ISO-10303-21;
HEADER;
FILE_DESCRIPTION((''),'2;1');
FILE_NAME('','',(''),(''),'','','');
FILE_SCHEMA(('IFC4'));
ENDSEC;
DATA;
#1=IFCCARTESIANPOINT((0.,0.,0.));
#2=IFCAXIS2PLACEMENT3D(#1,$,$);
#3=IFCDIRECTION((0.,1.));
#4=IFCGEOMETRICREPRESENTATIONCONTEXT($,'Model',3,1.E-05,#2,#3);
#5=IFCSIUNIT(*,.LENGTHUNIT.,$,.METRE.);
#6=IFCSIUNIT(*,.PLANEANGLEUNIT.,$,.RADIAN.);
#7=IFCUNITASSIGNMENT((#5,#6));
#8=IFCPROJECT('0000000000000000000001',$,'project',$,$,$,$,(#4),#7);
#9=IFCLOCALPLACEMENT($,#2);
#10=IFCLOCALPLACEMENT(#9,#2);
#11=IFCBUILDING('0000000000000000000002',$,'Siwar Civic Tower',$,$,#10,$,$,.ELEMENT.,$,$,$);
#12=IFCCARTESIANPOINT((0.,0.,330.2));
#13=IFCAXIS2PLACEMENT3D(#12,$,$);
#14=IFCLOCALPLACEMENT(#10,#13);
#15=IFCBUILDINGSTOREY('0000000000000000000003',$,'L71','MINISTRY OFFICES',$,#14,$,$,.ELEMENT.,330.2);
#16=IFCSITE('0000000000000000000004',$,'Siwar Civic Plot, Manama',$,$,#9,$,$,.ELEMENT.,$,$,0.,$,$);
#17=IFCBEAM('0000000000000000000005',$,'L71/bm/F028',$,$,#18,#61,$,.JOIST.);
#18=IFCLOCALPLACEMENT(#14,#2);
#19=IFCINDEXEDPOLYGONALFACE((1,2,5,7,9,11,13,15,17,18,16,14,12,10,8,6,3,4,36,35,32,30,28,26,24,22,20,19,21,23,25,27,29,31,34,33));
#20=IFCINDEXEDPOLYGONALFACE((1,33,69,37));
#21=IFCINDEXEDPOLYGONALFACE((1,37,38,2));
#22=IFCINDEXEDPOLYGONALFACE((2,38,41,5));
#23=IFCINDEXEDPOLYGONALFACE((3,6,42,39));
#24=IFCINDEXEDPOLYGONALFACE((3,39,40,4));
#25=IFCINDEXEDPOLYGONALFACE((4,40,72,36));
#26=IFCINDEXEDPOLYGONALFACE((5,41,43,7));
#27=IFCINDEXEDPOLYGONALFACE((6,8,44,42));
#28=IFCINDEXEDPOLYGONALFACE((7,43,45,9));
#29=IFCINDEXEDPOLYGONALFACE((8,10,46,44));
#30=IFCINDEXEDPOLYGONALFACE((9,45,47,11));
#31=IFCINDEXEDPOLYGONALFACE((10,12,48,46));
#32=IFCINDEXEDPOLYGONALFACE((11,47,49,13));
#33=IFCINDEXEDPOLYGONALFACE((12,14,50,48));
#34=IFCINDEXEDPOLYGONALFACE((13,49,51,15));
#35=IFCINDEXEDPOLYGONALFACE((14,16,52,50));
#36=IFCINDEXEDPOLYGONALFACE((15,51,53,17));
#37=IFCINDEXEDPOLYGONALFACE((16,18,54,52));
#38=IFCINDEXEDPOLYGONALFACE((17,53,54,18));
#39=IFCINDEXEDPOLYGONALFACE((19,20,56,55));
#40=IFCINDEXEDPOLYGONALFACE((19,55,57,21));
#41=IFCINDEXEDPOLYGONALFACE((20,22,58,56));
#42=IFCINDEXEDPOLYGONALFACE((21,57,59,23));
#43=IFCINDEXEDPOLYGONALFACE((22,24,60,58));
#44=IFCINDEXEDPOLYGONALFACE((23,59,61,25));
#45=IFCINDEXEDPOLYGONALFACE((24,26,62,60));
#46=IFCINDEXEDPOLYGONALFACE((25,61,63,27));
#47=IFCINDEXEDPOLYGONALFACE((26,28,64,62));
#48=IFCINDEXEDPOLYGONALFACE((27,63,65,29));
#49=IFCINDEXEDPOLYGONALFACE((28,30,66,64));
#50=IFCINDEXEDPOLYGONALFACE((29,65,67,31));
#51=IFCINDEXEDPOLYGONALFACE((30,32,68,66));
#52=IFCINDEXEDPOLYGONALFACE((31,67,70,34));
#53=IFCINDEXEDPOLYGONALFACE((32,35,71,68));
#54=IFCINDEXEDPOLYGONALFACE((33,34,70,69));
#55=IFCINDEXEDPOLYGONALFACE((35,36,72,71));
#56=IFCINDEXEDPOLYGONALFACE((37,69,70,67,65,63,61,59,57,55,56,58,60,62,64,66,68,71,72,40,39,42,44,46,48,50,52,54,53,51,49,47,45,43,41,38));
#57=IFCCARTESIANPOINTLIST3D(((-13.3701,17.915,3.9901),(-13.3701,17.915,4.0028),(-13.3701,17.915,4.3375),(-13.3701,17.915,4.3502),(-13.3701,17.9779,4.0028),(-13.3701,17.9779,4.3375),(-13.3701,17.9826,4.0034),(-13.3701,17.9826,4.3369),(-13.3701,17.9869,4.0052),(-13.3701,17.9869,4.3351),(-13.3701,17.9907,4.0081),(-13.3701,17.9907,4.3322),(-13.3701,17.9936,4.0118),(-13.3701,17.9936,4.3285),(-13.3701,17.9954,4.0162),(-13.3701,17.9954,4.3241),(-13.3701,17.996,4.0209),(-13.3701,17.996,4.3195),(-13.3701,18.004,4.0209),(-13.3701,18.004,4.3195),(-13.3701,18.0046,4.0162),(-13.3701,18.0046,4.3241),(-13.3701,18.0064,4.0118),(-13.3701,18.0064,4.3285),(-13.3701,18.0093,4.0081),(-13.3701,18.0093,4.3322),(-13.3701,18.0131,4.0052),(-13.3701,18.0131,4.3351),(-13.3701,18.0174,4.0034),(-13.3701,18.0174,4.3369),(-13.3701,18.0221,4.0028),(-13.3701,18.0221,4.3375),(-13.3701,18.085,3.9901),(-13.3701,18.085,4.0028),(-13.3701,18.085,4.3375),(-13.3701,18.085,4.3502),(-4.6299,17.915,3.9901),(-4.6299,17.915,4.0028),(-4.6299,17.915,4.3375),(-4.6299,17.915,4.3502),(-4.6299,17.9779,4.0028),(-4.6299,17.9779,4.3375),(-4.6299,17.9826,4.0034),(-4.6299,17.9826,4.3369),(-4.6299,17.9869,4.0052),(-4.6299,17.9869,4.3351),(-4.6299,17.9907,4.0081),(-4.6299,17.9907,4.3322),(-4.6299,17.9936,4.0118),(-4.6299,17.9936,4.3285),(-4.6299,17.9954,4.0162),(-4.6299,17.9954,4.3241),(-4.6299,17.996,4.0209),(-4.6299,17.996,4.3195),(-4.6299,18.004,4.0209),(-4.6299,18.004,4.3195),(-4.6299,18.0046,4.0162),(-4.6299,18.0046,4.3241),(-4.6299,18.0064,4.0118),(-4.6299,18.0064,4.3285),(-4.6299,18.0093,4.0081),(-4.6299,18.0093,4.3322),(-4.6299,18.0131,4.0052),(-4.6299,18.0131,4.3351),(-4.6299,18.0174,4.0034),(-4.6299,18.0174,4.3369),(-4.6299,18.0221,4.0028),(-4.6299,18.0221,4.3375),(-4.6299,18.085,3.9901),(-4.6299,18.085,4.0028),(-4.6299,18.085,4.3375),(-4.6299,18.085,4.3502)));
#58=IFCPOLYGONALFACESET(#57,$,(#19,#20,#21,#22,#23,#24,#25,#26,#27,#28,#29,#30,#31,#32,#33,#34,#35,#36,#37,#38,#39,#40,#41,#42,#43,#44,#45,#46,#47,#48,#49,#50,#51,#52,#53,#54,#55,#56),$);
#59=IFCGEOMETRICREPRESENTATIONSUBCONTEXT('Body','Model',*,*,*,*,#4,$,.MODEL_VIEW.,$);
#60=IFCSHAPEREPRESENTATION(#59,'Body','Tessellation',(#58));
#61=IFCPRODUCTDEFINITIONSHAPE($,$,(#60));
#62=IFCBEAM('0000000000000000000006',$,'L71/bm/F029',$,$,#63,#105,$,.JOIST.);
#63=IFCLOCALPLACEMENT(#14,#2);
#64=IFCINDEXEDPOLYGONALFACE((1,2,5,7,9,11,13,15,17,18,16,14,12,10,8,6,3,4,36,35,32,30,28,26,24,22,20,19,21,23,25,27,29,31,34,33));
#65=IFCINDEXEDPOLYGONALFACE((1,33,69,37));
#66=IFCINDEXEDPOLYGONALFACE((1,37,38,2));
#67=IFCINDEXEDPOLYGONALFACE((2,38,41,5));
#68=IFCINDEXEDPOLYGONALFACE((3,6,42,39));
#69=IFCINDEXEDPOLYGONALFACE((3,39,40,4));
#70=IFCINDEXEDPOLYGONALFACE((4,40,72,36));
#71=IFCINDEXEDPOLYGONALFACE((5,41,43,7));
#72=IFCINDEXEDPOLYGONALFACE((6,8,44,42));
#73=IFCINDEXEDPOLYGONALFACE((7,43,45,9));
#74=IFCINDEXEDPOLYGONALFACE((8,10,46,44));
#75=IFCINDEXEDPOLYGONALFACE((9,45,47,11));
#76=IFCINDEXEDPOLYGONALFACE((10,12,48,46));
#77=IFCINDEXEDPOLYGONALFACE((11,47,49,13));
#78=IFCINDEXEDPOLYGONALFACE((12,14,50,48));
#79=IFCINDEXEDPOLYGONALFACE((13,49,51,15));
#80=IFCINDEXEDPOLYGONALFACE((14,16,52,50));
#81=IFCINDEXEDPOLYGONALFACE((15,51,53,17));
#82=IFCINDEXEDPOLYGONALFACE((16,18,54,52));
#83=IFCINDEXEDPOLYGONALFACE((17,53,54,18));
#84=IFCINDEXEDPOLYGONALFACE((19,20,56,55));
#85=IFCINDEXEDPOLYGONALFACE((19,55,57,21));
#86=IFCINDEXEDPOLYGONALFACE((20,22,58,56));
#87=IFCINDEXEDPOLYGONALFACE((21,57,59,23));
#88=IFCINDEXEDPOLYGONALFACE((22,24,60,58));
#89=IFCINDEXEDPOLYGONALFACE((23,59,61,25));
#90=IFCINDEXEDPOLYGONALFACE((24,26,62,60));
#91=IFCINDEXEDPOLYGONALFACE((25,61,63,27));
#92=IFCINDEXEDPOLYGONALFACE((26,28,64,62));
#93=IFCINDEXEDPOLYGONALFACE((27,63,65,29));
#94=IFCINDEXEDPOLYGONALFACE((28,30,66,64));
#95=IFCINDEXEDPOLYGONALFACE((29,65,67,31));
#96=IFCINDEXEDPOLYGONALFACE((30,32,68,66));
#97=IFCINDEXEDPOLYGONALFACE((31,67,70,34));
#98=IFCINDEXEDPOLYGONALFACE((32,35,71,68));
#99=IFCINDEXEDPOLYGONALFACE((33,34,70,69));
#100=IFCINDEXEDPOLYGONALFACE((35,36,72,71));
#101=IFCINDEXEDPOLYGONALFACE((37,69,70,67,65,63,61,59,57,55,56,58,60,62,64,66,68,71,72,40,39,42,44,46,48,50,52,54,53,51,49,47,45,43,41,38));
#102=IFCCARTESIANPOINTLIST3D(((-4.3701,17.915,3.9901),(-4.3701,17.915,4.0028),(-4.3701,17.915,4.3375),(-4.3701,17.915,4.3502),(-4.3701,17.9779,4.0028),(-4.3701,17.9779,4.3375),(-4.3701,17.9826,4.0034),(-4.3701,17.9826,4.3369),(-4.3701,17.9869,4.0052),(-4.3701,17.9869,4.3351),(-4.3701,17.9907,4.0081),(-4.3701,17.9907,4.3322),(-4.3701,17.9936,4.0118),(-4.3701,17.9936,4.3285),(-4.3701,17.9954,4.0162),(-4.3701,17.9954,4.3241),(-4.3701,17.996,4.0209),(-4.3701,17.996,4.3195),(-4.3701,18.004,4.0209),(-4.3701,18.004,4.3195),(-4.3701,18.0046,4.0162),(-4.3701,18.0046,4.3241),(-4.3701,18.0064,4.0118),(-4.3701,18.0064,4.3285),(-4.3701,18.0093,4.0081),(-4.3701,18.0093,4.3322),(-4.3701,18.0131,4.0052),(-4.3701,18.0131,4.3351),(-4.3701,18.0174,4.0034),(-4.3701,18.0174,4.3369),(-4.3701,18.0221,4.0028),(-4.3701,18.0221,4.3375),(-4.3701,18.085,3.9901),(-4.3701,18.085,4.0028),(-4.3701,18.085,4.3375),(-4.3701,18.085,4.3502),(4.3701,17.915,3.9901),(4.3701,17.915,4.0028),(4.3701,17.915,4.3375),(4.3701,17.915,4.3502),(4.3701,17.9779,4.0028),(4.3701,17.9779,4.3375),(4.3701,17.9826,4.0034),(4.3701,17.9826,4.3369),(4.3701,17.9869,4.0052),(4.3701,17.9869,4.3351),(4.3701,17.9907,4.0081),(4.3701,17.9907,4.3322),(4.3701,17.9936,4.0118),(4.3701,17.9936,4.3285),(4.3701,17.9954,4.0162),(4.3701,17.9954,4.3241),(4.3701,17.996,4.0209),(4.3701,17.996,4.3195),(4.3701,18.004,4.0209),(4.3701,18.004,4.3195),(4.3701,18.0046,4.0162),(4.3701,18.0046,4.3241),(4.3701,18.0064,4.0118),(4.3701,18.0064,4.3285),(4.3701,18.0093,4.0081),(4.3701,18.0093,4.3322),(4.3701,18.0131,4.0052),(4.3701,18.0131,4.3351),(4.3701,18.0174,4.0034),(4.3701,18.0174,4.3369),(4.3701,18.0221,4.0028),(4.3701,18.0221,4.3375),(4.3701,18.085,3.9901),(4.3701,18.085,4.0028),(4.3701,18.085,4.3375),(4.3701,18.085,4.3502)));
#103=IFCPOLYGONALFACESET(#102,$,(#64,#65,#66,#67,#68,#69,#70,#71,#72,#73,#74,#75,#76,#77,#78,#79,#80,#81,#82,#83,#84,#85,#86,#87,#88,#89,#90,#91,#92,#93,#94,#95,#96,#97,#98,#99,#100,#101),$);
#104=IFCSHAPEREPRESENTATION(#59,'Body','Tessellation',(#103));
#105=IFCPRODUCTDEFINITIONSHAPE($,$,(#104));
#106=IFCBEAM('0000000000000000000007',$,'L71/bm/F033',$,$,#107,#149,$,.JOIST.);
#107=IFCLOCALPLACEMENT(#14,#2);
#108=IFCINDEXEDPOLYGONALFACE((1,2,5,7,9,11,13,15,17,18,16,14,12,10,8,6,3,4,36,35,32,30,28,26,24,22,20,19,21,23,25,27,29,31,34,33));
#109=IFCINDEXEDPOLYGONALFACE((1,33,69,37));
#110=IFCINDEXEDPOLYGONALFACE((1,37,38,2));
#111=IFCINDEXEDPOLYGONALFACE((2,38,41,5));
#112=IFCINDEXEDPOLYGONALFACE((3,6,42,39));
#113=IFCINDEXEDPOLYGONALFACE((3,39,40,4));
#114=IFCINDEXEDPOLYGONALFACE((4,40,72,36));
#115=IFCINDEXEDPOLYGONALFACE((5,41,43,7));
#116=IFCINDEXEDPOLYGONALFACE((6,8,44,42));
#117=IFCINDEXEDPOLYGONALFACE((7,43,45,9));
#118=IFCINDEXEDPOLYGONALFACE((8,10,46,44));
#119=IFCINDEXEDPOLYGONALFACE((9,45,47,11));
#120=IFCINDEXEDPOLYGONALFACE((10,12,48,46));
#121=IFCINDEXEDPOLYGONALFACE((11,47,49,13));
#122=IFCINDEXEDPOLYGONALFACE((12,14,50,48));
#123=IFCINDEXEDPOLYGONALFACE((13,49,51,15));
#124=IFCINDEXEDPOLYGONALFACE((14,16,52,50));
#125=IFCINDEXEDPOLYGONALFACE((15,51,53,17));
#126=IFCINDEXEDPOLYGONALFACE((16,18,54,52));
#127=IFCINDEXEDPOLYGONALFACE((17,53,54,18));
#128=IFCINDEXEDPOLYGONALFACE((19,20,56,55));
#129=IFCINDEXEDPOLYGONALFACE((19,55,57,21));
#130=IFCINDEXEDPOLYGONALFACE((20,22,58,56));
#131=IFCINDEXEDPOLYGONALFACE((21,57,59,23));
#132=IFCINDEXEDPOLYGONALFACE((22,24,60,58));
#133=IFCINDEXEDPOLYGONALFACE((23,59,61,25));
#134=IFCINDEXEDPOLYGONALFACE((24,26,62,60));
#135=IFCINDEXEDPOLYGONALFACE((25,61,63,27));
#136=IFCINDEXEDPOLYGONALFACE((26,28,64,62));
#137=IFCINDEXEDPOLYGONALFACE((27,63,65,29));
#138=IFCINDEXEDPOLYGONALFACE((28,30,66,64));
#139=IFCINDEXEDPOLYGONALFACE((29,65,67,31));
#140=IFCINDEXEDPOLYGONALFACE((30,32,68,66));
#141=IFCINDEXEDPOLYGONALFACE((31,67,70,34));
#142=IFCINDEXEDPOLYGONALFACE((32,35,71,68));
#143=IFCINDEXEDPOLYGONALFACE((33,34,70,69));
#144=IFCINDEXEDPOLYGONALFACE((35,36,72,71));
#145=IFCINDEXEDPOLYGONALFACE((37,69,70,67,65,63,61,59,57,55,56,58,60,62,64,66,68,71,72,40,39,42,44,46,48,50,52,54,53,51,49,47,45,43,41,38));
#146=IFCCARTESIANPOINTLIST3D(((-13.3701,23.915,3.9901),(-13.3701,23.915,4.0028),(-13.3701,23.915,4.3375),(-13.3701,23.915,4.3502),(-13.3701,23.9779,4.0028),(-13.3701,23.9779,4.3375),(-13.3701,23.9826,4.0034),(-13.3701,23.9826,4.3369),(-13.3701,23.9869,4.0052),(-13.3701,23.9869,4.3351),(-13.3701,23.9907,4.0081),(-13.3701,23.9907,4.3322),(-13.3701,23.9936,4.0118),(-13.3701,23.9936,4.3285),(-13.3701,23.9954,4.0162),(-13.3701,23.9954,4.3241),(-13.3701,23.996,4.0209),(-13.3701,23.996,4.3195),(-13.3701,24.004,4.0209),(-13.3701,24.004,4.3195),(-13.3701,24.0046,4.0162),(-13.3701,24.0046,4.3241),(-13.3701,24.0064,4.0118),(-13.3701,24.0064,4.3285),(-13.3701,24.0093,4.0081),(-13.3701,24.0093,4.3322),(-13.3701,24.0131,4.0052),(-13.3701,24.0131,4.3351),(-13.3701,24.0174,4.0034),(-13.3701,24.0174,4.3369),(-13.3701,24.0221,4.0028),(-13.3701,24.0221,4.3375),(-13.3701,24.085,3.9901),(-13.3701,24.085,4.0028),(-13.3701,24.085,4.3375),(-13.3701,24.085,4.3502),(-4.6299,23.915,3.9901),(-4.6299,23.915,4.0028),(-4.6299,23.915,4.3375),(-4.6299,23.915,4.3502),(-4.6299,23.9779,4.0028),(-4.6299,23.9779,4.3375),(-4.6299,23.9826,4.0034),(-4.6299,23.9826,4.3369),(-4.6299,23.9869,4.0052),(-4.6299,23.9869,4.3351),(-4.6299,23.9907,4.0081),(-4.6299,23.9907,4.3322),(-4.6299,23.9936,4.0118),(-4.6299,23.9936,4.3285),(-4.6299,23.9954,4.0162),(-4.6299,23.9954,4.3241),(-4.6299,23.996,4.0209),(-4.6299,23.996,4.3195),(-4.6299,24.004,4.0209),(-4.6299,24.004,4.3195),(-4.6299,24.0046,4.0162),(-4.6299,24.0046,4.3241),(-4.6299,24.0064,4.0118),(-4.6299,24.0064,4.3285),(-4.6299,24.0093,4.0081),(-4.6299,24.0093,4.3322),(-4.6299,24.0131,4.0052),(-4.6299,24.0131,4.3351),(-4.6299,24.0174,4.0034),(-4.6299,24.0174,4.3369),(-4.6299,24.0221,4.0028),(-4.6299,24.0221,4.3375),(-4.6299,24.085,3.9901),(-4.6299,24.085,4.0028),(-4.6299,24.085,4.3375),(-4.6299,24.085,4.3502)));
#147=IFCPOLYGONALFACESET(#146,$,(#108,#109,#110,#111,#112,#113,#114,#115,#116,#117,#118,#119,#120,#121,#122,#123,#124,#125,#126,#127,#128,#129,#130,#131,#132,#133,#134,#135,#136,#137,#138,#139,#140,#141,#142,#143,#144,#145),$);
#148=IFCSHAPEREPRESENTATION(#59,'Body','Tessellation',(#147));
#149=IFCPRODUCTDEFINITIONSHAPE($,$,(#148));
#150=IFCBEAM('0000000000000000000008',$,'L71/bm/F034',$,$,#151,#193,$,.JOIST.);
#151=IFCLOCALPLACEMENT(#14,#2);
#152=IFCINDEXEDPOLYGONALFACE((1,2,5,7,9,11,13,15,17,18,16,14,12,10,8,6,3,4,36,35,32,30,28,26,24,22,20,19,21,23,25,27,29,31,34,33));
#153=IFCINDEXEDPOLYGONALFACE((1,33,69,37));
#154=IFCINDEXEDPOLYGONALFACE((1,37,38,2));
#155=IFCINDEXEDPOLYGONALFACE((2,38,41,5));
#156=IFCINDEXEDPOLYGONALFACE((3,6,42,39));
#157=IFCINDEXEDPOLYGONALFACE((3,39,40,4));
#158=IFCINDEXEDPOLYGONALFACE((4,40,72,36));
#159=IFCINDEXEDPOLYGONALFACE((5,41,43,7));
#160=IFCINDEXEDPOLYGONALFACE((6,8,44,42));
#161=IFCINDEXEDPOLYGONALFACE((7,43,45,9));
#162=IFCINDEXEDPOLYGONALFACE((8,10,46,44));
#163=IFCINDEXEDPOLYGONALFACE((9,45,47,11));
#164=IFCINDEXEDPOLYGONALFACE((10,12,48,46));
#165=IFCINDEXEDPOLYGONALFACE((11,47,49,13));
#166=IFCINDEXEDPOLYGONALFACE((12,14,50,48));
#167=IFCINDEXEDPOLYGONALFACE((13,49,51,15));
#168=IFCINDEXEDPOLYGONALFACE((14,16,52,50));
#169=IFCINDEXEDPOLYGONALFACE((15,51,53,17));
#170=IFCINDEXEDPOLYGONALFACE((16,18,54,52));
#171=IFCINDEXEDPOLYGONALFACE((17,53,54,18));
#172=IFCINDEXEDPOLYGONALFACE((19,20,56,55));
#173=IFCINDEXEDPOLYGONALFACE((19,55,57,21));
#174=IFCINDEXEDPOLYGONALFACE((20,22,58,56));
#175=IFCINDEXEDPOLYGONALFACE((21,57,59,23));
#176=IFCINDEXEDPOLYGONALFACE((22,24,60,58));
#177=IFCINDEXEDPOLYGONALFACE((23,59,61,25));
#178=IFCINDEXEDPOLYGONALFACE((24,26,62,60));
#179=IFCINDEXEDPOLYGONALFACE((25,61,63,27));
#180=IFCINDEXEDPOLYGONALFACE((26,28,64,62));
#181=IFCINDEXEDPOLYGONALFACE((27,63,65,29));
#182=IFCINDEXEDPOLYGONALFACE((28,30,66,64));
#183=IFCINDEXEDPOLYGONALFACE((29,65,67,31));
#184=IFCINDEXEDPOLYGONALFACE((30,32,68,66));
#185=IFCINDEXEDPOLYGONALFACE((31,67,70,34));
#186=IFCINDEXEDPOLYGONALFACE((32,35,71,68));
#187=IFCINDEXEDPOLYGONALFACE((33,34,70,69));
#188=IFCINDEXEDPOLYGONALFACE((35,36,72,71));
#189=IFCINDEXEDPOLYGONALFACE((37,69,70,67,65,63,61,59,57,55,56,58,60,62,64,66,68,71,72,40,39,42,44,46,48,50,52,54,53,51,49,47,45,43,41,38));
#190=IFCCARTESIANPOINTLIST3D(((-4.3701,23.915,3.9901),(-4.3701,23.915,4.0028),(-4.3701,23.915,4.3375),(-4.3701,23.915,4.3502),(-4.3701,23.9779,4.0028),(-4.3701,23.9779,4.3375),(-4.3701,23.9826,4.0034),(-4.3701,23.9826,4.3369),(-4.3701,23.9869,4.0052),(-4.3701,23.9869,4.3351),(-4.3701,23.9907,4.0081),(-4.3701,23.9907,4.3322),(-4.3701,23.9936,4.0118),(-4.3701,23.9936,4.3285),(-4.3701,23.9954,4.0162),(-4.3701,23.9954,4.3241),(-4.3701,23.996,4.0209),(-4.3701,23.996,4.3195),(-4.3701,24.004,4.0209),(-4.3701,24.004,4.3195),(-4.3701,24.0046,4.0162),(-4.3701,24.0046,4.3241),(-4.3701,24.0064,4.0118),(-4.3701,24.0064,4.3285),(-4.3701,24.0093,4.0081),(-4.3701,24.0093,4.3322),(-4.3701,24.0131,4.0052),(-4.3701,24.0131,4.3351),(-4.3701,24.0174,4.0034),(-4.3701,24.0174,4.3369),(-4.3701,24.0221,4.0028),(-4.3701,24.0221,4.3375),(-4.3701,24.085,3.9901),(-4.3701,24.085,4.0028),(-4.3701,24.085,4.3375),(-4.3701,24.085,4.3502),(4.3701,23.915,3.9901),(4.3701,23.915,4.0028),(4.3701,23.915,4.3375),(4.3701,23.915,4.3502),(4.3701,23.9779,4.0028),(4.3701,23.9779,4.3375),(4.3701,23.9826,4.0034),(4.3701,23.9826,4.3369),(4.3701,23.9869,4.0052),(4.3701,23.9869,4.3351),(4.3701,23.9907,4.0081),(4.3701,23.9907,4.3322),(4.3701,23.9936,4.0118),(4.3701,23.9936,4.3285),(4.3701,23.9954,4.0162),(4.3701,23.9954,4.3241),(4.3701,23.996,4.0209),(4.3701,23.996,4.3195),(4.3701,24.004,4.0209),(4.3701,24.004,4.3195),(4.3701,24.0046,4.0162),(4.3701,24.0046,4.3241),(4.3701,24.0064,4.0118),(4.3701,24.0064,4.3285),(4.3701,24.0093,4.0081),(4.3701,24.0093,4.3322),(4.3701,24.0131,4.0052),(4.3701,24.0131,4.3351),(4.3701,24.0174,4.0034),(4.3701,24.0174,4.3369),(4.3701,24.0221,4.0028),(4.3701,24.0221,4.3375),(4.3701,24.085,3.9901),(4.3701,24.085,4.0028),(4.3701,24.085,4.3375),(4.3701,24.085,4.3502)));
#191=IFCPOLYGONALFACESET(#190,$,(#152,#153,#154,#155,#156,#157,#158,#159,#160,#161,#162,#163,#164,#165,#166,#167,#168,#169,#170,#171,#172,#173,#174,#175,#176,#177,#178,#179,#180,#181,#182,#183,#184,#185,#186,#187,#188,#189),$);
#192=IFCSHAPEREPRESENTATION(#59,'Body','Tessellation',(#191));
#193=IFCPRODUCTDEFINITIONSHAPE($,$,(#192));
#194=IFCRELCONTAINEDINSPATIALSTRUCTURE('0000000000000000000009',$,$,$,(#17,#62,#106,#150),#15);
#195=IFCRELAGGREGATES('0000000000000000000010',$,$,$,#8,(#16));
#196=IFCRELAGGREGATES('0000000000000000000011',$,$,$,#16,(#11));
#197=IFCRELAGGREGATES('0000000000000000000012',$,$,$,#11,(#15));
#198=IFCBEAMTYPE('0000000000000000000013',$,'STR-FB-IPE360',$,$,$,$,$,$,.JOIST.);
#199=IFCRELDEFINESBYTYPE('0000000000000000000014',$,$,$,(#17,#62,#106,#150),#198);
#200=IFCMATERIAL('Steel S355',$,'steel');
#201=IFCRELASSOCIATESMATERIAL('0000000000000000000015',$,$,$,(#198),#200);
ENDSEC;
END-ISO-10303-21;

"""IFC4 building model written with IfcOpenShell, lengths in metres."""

from ifc_helpers import new_model, si_unit, direction, frame, origin, origin_2d, place, context, subcontext, project, spatial, i_section, extrude, material, material_profile, profile_set, type_object, element, save


model = new_model("IFC4")

# Units and contexts
model_context = context("Model", 3, precision=1e-05, world=origin(), true_north=direction((0.0, 1.0)))
body_context = subcontext(model_context, "Body", "Model", "MODEL_VIEW")
ifc_project = project(units=[si_unit("LENGTHUNIT", "METRE"), si_unit("PLANEANGLEUNIT", "RADIAN")], contexts=[model_context])

# Site, building, storey
site_placement = place(None, origin())
site = spatial("IfcSite", under=ifc_project, at=site_placement, Name="Siwar Civic Plot, Manama", CompositionType="ELEMENT", RefElevation=0.0)
building_placement = place(site_placement, origin())
building = spatial("IfcBuilding", under=site, at=building_placement, Name="Siwar Civic Tower", CompositionType="ELEMENT")
storey_placement = place(building_placement, frame((0.0, 0.0, 330.2)))
storey = spatial("IfcBuildingStorey", under=building, at=storey_placement, Name="L71", Description="MINISTRY OFFICES", CompositionType="ELEMENT", Elevation=330.2)

# Beams
ifc_material_1 = material(Name="Steel S355", Category="steel")
ifc_material_profile_1 = material_profile(ifc_material_1, i_section(OverallWidth=0.1699, OverallDepth=0.3601, WebThickness=0.0081, FlangeThickness=0.0127, FilletRadius=0.0181, at=origin_2d()), Name="IPE360")
ifc_profile_set_1 = profile_set([ifc_material_profile_1], Name="Steel S355")
beam_type_1 = type_object("IfcBeamType", Name="STR-FB-IPE360", PredefinedType="JOIST", material=ifc_profile_set_1)
for number, where, z_axis, x_axis, name in (
    (1, (-13.3701, 18.0, 4.1702), (1.0, 0.0, 0.0), (0.0, 1.0, 0.0), "L71/bm/F028"),
    (2, (-4.3701, 18.0, 4.1702), (1.0, 0.0, 0.0), (0.0, 1.0, 0.0), "L71/bm/F029"),
    (3, (-13.3701, 24.0, 4.1702), (1.0, 0.0, 0.0), (0.0, 1.0, 0.0), "L71/bm/F033"),
    (4, (-4.3701, 24.0, 4.1702), (1.0, 0.0, 0.0), (0.0, 1.0, 0.0), "L71/bm/F034"),
):
    element("IfcBeam", number, at=place(storey_placement, frame(where, z_axis=z_axis, x_axis=x_axis)), inside=storey, type_object=beam_type_1, Name=name, PredefinedType="JOIST", context=body_context, shape_type="SweptSolid", body=[
        extrude(i_section(OverallWidth=0.1699, OverallDepth=0.3601, WebThickness=0.0081, FlangeThickness=0.0127, FilletRadius=0.0181, at=origin_2d()), origin(), (0.0, 0.0, 1.0), 8.7402),
    ])

save(model, "model.ifc")
